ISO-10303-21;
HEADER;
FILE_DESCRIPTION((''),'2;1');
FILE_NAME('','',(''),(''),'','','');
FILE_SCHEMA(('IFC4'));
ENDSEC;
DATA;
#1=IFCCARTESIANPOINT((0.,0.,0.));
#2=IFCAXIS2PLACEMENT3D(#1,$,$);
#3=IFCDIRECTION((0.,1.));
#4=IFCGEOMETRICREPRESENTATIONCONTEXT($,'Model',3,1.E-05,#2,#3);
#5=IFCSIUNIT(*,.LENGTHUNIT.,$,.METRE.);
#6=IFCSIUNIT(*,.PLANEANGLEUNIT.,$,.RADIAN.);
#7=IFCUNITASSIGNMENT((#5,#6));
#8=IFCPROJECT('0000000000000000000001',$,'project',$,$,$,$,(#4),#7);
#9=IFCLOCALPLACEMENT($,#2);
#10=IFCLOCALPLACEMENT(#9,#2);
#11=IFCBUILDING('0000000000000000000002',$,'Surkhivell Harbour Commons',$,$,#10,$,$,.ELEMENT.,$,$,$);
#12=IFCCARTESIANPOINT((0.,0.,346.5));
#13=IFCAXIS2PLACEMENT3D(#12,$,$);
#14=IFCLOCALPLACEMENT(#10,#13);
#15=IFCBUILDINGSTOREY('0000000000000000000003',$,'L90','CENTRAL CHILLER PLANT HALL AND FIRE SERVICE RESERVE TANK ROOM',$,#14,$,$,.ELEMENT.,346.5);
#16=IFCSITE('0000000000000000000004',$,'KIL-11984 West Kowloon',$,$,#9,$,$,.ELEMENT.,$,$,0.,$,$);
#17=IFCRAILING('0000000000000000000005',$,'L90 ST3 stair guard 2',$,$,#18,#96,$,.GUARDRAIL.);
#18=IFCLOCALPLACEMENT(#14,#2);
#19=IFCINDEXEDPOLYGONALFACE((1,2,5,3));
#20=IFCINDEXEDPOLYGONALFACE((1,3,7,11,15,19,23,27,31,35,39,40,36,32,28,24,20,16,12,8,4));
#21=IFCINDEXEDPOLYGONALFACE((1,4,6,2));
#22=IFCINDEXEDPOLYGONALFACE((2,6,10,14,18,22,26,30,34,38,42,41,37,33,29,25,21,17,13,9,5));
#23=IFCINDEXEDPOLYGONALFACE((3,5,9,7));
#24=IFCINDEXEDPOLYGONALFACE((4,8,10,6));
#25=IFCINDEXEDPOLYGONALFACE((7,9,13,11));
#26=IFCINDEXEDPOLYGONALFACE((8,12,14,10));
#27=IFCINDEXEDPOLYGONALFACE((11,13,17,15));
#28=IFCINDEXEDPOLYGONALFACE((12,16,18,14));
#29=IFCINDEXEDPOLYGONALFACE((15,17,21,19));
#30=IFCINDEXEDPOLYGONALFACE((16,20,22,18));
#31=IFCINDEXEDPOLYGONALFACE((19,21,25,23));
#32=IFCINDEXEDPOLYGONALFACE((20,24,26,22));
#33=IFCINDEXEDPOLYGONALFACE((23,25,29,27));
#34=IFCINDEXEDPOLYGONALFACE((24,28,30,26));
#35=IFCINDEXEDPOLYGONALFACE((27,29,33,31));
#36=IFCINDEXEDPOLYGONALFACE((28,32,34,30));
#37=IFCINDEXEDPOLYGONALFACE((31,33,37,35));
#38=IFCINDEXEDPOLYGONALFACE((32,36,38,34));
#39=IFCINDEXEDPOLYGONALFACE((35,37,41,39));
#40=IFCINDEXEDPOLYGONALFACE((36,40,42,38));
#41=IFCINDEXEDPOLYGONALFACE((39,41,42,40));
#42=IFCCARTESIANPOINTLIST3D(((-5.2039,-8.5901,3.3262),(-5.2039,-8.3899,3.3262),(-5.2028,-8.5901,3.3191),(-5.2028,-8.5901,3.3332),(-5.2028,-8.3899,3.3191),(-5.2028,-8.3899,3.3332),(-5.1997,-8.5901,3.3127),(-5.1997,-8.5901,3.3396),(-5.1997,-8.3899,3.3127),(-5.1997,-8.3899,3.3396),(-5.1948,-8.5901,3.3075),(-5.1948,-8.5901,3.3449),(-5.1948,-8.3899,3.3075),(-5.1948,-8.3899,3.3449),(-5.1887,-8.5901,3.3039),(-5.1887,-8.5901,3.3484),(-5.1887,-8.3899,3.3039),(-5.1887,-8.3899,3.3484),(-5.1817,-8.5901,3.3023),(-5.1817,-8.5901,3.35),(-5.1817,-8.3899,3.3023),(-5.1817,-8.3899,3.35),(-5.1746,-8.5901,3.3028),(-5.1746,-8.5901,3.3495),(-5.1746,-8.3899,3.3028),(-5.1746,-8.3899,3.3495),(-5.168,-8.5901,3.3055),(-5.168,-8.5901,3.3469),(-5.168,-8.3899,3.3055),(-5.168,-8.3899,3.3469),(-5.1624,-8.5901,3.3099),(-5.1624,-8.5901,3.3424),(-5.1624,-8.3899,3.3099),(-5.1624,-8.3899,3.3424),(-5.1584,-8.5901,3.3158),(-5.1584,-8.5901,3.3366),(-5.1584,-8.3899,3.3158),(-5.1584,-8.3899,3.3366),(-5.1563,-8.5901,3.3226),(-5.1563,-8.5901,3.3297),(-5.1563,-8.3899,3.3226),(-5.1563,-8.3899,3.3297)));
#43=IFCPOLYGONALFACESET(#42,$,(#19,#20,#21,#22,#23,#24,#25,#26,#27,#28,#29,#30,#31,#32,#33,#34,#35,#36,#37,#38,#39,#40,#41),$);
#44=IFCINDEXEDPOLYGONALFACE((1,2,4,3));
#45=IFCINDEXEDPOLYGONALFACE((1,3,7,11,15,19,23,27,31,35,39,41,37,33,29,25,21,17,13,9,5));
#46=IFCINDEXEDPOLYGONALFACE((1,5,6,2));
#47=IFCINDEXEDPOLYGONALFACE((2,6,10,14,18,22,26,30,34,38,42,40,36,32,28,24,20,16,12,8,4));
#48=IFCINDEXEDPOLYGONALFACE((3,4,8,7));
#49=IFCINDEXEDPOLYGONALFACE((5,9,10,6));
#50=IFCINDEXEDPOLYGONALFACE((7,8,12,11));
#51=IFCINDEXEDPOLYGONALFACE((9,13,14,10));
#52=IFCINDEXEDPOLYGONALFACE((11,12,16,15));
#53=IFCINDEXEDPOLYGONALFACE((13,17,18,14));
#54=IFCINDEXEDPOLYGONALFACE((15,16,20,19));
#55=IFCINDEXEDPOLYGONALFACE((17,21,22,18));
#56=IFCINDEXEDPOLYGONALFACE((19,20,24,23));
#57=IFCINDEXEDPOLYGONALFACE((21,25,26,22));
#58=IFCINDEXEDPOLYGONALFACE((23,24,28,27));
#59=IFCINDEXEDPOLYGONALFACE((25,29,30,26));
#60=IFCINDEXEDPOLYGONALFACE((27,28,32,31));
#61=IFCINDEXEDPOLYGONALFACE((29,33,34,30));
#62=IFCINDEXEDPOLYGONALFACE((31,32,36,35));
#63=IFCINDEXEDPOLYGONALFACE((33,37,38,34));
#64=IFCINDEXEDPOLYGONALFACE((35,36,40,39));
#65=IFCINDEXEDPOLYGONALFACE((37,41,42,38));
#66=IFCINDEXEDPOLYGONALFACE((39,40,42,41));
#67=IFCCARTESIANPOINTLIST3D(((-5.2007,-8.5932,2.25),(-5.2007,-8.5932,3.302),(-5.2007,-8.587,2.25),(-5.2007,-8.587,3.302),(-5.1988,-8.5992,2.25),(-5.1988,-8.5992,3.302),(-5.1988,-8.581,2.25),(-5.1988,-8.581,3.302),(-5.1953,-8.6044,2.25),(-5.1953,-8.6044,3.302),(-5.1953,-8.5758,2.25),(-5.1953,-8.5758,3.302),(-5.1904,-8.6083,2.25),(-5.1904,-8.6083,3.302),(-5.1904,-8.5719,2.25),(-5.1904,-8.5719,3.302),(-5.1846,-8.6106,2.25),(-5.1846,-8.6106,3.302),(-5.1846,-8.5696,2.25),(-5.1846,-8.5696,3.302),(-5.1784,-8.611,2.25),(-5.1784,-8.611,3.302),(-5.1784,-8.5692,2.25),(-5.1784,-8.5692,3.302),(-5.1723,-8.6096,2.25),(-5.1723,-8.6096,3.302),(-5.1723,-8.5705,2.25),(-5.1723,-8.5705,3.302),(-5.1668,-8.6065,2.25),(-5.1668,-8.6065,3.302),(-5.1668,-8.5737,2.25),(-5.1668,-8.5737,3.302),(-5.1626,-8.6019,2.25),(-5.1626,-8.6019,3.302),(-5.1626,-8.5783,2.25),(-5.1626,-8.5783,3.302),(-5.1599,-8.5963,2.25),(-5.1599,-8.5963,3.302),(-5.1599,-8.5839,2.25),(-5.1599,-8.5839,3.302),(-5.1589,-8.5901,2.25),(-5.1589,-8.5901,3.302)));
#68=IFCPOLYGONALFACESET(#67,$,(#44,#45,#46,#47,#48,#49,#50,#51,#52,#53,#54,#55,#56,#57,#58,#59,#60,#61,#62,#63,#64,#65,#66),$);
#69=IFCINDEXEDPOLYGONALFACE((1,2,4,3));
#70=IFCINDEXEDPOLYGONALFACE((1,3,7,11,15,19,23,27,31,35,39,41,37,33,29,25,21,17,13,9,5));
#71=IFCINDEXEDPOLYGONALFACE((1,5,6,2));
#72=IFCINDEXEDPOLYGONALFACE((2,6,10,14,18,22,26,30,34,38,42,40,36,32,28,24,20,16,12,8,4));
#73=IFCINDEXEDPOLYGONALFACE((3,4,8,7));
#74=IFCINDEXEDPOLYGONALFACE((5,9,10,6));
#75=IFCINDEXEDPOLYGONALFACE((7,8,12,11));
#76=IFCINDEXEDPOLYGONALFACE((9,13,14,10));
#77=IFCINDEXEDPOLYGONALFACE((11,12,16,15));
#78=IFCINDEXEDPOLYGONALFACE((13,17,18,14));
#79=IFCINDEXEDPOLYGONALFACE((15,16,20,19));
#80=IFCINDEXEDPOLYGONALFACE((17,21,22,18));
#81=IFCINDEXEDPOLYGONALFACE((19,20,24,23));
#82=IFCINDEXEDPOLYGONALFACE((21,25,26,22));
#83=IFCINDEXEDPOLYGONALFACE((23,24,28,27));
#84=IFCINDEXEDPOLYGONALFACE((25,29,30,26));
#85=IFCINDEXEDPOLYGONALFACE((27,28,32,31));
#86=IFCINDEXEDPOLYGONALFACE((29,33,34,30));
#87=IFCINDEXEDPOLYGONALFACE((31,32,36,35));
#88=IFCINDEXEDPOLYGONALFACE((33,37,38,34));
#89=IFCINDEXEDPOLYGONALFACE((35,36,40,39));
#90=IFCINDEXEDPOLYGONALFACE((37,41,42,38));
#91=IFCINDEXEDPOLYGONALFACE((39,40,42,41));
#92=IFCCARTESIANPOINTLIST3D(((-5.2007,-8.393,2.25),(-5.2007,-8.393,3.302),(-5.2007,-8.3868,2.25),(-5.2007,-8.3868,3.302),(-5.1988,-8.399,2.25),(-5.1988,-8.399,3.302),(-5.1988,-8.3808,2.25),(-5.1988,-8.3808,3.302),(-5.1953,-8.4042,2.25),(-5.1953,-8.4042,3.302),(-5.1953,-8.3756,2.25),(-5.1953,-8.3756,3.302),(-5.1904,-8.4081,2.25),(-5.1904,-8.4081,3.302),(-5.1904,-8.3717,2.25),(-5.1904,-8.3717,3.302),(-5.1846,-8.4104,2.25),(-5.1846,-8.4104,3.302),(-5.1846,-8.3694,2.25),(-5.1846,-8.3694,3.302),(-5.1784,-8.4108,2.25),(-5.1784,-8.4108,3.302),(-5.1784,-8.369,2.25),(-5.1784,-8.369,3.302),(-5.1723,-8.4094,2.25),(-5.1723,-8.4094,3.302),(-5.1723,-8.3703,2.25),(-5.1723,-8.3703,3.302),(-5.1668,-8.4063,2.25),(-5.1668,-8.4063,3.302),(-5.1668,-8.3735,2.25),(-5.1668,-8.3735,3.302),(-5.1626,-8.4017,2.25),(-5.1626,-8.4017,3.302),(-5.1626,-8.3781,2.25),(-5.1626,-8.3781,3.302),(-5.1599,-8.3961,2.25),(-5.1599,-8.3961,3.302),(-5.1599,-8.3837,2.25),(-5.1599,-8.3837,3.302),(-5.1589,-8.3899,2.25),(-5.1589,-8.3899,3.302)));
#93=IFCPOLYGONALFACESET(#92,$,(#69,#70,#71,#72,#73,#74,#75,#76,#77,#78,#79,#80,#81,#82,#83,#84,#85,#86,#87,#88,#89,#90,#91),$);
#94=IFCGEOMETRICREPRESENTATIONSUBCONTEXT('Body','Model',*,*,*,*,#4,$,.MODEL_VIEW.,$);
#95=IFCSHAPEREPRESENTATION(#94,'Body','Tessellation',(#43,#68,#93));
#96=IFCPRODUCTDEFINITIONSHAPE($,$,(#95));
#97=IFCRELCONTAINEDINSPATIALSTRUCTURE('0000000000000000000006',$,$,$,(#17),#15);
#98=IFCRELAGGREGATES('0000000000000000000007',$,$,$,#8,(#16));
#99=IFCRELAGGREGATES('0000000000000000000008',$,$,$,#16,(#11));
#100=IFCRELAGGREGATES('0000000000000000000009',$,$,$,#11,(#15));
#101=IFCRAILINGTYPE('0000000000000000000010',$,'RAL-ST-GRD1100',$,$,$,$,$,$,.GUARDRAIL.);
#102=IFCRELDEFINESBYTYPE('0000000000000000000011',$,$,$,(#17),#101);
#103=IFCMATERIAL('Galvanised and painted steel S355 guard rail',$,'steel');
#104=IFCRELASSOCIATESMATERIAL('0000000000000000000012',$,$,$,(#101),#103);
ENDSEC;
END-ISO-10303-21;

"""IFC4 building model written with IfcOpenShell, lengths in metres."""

from ifc_helpers import new_model, si_unit, direction, frame, origin, origin_2d, place, context, subcontext, project, spatial, circle, extrude, material, type_object, element, save


model = new_model("IFC4")

# Units and contexts
model_context = context("Model", 3, precision=1e-05, world=origin(), true_north=direction((0.0, 1.0)))
body_context = subcontext(model_context, "Body", "Model", "MODEL_VIEW")
ifc_project = project(units=[si_unit("LENGTHUNIT", "METRE"), si_unit("PLANEANGLEUNIT", "RADIAN")], contexts=[model_context])

# Site, building, storey
site_placement = place(None, origin())
site = spatial("IfcSite", under=ifc_project, at=site_placement, Name="KIL-11984 West Kowloon", CompositionType="ELEMENT", RefElevation=0.0)
building_placement = place(site_placement, origin())
building = spatial("IfcBuilding", under=site, at=building_placement, Name="Surkhivell Harbour Commons", CompositionType="ELEMENT")
storey_placement = place(building_placement, frame((0.0, 0.0, 346.5)))
storey = spatial("IfcBuildingStorey", under=building, at=storey_placement, Name="L90", Description="CENTRAL CHILLER PLANT HALL AND FIRE SERVICE RESERVE TANK ROOM", CompositionType="ELEMENT", Elevation=346.5)

# Railing
ifc_material_1 = material(Name="Galvanised and painted steel S355 guard rail", Category="steel")
railing_type_1 = type_object("IfcRailingType", Name="RAL-ST-GRD1100", PredefinedType="GUARDRAIL", material=ifc_material_1)
railing_1_placement = place(storey_placement, frame((-5.1799, -8.5901, 2.25)))
element("IfcRailing", 1, at=railing_1_placement, inside=storey, type_object=railing_type_1, Name="L90 ST3 stair guard 2", PredefinedType="GUARDRAIL", context=body_context, shape_type="SweptSolid", body=[
    extrude(circle(Radius=0.0239, at=origin_2d()), frame((0.0, 0.0, 1.0762), z_axis=(0.0, 1.0, 0.0), x_axis=(-1.0, 0.0, 0.0)), (0.0, 0.0, 1.0), 0.2002),
    extrude(circle(Radius=0.021, at=origin_2d()), origin(), (0.0, 0.0, 1.0), 1.052),
    extrude(circle(Radius=0.021, at=origin_2d()), frame((0.0, 0.2002, 0.0)), (0.0, 0.0, 1.0), 1.052),
])

save(model, "model.ifc")
